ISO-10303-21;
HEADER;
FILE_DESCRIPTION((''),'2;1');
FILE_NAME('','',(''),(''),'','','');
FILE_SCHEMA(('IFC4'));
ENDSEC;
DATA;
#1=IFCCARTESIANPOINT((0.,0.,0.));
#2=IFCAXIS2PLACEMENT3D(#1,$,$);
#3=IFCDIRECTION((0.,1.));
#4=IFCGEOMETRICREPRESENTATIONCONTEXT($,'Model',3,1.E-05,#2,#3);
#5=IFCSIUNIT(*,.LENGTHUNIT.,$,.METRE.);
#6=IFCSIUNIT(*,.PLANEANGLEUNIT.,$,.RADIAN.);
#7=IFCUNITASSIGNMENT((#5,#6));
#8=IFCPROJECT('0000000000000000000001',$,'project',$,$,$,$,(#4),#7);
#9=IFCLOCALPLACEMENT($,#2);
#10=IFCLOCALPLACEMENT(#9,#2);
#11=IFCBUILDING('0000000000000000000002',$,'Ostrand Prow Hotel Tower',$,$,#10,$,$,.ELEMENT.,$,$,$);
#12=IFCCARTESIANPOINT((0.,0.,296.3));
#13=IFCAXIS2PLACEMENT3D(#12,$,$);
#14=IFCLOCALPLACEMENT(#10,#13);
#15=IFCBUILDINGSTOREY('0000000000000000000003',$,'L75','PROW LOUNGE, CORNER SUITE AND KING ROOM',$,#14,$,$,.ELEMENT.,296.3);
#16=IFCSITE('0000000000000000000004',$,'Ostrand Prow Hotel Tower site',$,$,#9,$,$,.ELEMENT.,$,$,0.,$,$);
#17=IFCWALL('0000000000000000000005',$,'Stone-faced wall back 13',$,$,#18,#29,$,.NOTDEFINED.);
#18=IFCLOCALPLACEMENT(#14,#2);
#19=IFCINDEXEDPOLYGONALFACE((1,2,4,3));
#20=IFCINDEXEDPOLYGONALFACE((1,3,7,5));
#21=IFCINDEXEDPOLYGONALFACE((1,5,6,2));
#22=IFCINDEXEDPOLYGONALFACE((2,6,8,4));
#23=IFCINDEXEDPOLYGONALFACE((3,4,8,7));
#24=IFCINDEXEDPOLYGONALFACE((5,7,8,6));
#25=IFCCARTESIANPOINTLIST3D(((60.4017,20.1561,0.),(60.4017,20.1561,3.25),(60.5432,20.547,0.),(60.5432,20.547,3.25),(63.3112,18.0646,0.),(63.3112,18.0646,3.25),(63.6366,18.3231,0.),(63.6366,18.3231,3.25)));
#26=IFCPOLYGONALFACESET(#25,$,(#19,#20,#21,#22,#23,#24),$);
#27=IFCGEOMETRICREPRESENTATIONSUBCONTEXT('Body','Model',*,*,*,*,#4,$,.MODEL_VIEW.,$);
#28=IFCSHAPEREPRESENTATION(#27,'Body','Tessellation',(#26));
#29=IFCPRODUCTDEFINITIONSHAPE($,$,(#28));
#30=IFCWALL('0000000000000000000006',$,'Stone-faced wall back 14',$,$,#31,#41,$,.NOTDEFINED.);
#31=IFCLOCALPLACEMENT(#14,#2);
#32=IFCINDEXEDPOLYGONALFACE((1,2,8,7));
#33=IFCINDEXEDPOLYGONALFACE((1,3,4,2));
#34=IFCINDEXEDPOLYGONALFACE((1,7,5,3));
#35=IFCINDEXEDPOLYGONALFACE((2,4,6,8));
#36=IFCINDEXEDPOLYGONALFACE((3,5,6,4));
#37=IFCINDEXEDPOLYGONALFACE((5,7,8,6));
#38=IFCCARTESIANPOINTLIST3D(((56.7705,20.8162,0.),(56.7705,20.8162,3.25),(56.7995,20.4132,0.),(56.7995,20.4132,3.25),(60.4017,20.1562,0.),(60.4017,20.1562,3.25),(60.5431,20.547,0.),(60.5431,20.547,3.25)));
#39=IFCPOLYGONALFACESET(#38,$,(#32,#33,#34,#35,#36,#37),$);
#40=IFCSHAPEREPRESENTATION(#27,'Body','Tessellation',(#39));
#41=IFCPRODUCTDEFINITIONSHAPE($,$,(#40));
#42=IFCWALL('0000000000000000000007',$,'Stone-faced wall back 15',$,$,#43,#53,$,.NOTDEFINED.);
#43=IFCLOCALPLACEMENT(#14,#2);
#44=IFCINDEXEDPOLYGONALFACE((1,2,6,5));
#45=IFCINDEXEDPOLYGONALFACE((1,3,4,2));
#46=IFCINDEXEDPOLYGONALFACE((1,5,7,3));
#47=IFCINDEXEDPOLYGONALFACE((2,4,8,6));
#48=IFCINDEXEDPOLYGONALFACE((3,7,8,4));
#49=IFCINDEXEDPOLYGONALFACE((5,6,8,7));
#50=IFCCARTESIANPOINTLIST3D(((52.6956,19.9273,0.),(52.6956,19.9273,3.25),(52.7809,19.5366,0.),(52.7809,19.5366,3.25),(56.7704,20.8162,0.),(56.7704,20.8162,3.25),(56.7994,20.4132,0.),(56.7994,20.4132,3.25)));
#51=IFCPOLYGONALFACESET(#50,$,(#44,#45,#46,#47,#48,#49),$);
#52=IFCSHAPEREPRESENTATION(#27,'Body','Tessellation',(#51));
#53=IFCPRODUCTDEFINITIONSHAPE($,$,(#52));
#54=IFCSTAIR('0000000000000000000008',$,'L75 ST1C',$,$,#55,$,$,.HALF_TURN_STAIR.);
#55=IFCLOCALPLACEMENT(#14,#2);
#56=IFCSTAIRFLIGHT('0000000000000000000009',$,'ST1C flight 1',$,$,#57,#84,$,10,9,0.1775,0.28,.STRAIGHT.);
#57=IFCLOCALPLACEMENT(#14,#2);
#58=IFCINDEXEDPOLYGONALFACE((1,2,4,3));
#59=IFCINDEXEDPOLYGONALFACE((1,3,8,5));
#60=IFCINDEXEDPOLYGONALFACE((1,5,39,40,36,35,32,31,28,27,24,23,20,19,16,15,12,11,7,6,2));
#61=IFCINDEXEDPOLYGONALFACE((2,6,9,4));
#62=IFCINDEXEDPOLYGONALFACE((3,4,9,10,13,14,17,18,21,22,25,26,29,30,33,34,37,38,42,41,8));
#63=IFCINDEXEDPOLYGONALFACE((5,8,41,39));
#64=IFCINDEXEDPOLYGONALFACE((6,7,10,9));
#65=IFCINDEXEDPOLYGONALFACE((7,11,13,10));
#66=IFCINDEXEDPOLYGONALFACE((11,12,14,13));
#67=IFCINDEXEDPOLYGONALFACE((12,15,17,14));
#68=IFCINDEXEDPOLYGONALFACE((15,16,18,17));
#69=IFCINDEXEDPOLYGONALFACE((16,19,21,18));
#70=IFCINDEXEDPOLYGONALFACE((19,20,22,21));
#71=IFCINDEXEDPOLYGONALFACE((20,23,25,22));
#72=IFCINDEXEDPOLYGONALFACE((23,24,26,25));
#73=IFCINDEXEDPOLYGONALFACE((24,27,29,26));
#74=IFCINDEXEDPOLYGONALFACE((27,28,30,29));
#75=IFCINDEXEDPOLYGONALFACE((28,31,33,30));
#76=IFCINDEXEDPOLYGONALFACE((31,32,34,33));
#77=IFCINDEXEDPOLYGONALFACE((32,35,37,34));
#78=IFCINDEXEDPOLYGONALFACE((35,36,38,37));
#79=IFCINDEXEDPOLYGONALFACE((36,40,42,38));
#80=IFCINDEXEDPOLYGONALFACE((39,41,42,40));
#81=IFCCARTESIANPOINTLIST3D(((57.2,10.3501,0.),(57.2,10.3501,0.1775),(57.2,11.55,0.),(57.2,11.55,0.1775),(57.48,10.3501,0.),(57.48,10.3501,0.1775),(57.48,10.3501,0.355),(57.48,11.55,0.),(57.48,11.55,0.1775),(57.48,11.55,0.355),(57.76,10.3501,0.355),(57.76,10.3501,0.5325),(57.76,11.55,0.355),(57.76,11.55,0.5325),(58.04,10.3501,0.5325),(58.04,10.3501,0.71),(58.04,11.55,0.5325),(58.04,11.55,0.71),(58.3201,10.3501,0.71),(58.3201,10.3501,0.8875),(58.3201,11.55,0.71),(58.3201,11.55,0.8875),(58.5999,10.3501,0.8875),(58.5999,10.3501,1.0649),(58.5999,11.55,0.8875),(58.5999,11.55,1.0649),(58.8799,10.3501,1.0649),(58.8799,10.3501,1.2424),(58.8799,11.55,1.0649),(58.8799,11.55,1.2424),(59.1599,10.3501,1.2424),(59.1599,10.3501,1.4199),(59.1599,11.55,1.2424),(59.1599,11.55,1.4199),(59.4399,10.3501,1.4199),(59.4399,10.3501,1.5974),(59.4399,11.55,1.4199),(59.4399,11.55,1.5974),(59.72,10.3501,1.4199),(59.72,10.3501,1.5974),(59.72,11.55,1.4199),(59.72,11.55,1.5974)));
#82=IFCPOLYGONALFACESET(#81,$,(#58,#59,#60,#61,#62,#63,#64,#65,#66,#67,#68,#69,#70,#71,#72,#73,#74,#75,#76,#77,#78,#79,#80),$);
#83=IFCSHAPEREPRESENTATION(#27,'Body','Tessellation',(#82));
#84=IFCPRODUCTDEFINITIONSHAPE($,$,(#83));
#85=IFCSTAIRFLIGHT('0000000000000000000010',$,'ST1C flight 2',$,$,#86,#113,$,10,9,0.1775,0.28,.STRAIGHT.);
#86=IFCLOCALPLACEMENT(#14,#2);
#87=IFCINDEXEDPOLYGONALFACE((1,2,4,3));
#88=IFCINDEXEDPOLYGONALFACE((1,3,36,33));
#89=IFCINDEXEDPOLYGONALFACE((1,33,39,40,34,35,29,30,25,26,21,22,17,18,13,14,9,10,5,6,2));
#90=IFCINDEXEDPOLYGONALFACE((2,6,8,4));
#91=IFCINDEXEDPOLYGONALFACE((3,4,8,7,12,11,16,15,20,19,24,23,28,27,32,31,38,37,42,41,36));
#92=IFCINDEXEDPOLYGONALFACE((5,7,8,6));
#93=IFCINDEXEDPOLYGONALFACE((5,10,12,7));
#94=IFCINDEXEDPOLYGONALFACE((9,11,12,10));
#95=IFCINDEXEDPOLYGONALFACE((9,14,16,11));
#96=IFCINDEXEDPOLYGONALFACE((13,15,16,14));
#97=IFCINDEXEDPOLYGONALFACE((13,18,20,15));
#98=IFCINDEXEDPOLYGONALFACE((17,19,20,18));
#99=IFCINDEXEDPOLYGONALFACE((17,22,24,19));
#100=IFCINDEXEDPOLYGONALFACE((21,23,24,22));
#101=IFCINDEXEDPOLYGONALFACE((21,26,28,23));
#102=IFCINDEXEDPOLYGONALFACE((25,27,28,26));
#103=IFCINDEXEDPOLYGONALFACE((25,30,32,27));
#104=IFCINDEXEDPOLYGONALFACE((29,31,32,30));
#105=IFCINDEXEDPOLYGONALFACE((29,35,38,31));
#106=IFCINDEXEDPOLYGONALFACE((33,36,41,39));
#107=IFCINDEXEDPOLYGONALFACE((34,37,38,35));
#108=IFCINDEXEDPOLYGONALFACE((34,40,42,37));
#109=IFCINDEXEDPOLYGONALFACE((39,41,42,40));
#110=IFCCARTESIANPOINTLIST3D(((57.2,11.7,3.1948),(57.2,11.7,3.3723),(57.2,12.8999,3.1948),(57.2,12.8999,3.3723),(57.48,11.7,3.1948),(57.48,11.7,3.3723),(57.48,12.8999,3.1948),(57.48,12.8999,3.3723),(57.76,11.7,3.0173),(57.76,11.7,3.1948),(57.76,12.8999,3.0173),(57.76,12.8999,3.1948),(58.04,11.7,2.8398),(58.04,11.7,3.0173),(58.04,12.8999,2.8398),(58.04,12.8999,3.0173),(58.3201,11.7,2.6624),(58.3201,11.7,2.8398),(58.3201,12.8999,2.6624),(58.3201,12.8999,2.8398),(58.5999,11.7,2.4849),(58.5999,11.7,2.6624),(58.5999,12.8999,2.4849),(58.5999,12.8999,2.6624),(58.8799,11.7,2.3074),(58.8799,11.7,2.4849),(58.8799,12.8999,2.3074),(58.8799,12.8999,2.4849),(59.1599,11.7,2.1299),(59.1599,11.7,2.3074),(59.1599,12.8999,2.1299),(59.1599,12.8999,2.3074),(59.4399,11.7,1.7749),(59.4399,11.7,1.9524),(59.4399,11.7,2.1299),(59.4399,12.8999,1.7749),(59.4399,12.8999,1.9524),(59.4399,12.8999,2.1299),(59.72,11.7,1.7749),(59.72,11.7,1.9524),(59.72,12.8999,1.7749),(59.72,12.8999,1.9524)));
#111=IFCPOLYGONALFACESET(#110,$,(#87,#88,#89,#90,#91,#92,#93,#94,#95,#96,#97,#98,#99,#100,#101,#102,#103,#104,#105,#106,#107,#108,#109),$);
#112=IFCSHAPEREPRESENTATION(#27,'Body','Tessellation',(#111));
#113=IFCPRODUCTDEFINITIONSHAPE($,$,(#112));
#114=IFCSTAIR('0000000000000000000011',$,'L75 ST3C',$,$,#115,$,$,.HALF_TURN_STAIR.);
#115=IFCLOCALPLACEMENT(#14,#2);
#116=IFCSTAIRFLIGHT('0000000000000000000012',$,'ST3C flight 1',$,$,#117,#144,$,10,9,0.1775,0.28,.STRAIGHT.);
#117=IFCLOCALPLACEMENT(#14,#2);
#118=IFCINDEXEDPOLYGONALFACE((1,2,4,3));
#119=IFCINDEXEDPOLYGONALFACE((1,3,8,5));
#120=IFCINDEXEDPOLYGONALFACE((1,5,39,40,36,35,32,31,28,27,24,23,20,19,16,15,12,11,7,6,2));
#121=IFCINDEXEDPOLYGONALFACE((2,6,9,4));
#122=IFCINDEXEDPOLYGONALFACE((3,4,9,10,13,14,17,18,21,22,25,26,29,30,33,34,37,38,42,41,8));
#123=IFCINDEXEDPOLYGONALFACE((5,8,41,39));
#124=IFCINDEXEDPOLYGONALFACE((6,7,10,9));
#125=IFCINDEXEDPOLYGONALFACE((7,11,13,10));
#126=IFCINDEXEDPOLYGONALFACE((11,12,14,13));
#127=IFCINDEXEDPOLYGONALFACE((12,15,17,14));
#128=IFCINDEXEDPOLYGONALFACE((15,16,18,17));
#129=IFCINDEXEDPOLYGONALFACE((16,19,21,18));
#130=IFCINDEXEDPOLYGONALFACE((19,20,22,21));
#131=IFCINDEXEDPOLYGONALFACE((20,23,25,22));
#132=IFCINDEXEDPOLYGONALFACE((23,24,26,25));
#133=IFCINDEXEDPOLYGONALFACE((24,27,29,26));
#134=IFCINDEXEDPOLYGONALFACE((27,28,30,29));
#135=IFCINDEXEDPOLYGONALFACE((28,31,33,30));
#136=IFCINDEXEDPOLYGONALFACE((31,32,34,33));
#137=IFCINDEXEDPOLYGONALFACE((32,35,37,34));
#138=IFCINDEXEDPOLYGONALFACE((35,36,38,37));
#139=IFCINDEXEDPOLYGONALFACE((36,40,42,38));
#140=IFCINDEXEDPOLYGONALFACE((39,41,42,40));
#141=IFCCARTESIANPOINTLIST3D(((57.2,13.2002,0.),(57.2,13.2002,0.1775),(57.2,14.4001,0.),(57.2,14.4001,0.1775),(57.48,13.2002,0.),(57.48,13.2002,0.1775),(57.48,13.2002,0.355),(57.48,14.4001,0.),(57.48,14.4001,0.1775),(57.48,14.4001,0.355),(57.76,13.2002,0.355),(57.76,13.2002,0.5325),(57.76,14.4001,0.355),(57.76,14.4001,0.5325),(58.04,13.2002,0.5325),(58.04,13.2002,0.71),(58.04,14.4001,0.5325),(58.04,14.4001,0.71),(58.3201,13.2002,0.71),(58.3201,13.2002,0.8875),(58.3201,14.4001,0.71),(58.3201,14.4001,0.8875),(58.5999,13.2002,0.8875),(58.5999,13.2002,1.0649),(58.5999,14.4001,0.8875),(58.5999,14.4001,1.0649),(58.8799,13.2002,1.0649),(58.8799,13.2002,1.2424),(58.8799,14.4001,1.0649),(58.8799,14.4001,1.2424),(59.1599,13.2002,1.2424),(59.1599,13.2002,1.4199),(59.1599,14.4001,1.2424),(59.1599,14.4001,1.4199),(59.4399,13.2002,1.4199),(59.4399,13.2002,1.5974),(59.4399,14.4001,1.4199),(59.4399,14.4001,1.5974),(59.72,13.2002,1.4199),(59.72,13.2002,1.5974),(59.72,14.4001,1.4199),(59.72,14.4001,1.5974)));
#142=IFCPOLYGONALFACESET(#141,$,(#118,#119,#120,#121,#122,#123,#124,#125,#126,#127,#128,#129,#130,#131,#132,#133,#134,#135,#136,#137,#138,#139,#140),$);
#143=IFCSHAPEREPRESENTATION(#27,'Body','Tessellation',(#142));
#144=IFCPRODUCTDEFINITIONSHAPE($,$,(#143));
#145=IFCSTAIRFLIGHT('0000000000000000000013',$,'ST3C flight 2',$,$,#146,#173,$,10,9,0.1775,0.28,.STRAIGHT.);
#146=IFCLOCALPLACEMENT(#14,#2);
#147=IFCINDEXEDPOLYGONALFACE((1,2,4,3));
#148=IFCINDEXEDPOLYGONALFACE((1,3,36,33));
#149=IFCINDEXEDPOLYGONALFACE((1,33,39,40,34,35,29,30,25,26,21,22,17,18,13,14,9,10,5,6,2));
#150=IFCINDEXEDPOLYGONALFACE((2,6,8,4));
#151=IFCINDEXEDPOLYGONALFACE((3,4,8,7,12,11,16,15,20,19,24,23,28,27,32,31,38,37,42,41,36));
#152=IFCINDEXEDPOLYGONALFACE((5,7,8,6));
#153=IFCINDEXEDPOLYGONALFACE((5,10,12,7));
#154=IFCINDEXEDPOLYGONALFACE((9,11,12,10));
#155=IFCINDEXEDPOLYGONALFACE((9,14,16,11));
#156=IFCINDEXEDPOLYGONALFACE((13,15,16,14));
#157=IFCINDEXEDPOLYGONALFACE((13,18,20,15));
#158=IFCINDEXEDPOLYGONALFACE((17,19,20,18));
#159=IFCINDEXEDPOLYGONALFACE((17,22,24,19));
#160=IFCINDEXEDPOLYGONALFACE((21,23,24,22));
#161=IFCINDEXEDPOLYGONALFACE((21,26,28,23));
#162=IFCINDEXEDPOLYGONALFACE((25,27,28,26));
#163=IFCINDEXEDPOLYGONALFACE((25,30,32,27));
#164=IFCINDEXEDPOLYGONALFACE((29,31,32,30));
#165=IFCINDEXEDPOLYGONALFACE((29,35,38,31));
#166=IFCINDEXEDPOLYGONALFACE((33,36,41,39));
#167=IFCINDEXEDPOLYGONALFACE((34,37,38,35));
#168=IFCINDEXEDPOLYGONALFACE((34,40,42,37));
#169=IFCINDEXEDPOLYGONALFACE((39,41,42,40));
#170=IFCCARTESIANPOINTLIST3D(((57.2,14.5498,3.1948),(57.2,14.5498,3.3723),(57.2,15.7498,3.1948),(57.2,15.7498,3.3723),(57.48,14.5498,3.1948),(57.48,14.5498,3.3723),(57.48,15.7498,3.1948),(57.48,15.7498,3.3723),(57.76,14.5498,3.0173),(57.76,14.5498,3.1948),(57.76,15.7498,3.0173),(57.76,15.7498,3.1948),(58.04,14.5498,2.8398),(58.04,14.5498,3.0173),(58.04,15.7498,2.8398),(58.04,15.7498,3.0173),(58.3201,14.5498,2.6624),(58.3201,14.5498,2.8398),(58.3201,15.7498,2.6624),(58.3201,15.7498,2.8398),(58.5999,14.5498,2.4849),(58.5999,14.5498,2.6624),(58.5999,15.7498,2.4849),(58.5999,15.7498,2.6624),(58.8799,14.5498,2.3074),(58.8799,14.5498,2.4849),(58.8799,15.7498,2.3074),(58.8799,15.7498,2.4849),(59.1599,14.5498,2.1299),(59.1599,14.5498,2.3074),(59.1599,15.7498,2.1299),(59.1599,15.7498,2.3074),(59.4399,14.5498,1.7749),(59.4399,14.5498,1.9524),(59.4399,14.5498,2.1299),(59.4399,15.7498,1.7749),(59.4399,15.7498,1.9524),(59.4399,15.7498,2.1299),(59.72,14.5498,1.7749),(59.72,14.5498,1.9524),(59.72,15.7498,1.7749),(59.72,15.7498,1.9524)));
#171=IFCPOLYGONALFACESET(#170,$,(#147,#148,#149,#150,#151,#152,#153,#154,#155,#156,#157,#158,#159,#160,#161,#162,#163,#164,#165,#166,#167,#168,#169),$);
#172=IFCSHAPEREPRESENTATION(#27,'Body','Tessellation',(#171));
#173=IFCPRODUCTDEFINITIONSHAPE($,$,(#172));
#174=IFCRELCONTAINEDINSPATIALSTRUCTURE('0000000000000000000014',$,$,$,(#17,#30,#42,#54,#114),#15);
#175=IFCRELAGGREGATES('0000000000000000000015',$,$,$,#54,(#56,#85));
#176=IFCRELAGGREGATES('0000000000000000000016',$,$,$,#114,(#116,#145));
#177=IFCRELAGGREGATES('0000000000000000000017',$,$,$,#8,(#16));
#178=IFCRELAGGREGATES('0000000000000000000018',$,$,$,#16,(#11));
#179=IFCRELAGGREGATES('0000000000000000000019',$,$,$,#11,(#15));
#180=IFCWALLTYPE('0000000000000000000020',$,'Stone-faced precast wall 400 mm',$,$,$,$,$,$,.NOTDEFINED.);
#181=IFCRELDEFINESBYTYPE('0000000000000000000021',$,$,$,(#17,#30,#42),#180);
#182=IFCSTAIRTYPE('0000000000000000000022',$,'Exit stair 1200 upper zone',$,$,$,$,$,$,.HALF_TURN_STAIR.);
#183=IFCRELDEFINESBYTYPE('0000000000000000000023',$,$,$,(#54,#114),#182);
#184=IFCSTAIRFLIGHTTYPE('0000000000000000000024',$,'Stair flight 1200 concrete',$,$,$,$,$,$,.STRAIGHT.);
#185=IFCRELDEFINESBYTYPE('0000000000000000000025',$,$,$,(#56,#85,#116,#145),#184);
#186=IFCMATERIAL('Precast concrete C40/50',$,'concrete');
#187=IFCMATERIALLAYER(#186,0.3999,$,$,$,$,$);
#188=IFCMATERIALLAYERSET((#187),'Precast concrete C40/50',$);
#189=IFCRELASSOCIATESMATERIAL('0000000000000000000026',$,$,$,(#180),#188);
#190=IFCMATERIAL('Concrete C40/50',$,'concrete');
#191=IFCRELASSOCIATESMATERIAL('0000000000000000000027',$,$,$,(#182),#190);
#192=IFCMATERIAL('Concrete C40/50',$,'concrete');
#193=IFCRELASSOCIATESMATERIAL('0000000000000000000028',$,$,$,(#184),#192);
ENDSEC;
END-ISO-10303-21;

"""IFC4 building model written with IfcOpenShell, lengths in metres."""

from ifc_helpers import new_model, si_unit, direction, frame, origin, place, context, subcontext, project, spatial, polyline, outline, extrude, material, layer, layer_set, type_object, element, aggregate, save


model = new_model("IFC4")

# Units and contexts
model_context = context("Model", 3, precision=1e-05, world=origin(), true_north=direction((0.0, 1.0)))
body_context = subcontext(model_context, "Body", "Model", "MODEL_VIEW")
ifc_project = project(units=[si_unit("LENGTHUNIT", "METRE"), si_unit("PLANEANGLEUNIT", "RADIAN")], contexts=[model_context])

# Site, building, storey
site_placement = place(None, origin())
site = spatial("IfcSite", under=ifc_project, at=site_placement, Name="Ostrand Prow Hotel Tower site", CompositionType="ELEMENT", RefElevation=0.0)
building_placement = place(site_placement, origin())
building = spatial("IfcBuilding", under=site, at=building_placement, Name="Ostrand Prow Hotel Tower", CompositionType="ELEMENT")
storey_placement = place(building_placement, frame((0.0, 0.0, 296.3)))
storey = spatial("IfcBuildingStorey", under=building, at=storey_placement, Name="L75", Description="PROW LOUNGE, CORNER SUITE AND KING ROOM", CompositionType="ELEMENT", Elevation=296.3)

# Shared definitions
ifc_material_1 = material(Name="Precast concrete C40/50", Category="concrete")
ifc_layer_1 = layer(ifc_material_1, 0.3999)
ifc_layer_set_1 = layer_set([ifc_layer_1], Name="Precast concrete C40/50")
wall_type_1 = type_object("IfcWallType", Name="Stone-faced precast wall 400 mm", PredefinedType="NOTDEFINED", material=ifc_layer_set_1)

# Walls
wall_1_placement = place(storey_placement, frame((63.4739, 18.1938, 0.0), z_axis=(0.0, 0.0, 1.0), x_axis=(-0.811963, 0.58371, 0.0)))
element("IfcWall", 1, at=wall_1_placement, inside=storey, type_object=wall_type_1, Name="Stone-faced wall back 13", PredefinedType="NOTDEFINED", context=body_context, shape_type="SweptSolid", body=[
    extrude(outline(polyline([(-0.0566, -0.2), (3.7532, -0.2), (3.6399, 0.2), (0.0566, 0.2), (-0.0566, -0.2)])), origin(), (0.0, 0.0, 1.0), 3.25),
])
wall_2_placement = place(storey_placement, frame((60.4724, 20.3516, 0.0), z_axis=(0.0, 0.0, 1.0), x_axis=(-0.997463, 0.071191, 0.0)))
element("IfcWall", 2, at=wall_2_placement, inside=storey, type_object=wall_type_1, Name="Stone-faced wall back 14", PredefinedType="NOTDEFINED", context=body_context, shape_type="SweptSolid", body=[
    extrude(outline(polyline([(-0.0566, -0.2), (3.7256, -0.2), (3.668, 0.2), (0.0566, 0.2), (-0.0566, -0.2)])), origin(), (0.0, 0.0, 1.0), 3.25),
])
wall_3_placement = place(storey_placement, frame((56.7849, 20.6147, 0.0), z_axis=(0.0, 0.0, 1.0), x_axis=(-0.97702, -0.213147, 0.0)))
element("IfcWall", 3, at=wall_3_placement, inside=storey, type_object=wall_type_1, Name="Stone-faced wall back 15", PredefinedType="NOTDEFINED", context=body_context, shape_type="SweptSolid", body=[
    extrude(outline(polyline([(-0.0288, -0.2), (4.1418, -0.2), (4.1418, 0.2), (0.0288, 0.2), (-0.0288, -0.2)])), origin(), (0.0, 0.0, 1.0), 3.25),
])

# Stairs, stair flights
ifc_material_2 = material(Name="Concrete C40/50", Category="concrete")
stair_type = type_object("IfcStairType", Name="Exit stair 1200 upper zone", PredefinedType="HALF_TURN_STAIR", material=ifc_material_2)
stair_1_placement = place(storey_placement, origin())
stair_1 = element("IfcStair", 4, at=stair_1_placement, inside=storey, type_object=stair_type, Name="L75 ST1C", PredefinedType="HALF_TURN_STAIR")
ifc_material_3 = material(Name="Concrete C40/50", Category="concrete")
stair_flight_type = type_object("IfcStairFlightType", Name="Stair flight 1200 concrete", PredefinedType="STRAIGHT", material=ifc_material_3)
stair_flight_1_placement = place(storey_placement, frame((57.2, 10.95, 0.0), z_axis=(0.0, 0.0, 1.0), x_axis=(1.0, 0.0, 0.0)))
stair_flight_1 = element("IfcStairFlight", 5, at=stair_flight_1_placement, type_object=stair_flight_type, Name="ST1C flight 1", NumberOfRisers=10, NumberOfTreads=9, PredefinedType="STRAIGHT", RiserHeight=0.1775, TreadLength=0.28, context=body_context, shape_type="SweptSolid", body=[
    extrude(outline(polyline([(0.0, 0.0), (0.0, 0.1775), (0.28, 0.1775), (0.28, 0.355), (0.5601, 0.355), (0.5601, 0.5325), (0.8401, 0.5325), (0.8401, 0.71), (1.1201, 0.71), (1.1201, 0.8875), (1.3999, 0.8875), (1.3999, 1.0649), (1.6799, 1.0649), (1.6799, 1.2424), (1.96, 1.2424), (1.96, 1.4199), (2.24, 1.4199), (2.24, 1.5974), (2.52, 1.5974), (2.52, 1.7749), (2.52, 1.4199), (0.28, 0.0), (0.0, 0.0)])), frame((0.0, 0.6001, 0.0), z_axis=(0.0, -1.0, 0.0), x_axis=(1.0, 0.0, 0.0)), (0.0, 0.0, 1.0), 1.2),
])
stair_flight_2_placement = place(storey_placement, frame((59.72, 12.3, 1.7749), z_axis=(0.0, 0.0, 1.0), x_axis=(-1.0, 0.0, 0.0)))
stair_flight_2 = element("IfcStairFlight", 6, at=stair_flight_2_placement, type_object=stair_flight_type, Name="ST1C flight 2", NumberOfRisers=10, NumberOfTreads=9, PredefinedType="STRAIGHT", RiserHeight=0.1775, TreadLength=0.28, context=body_context, shape_type="SweptSolid", body=[
    extrude(outline(polyline([(0.0, 0.0), (0.0, 0.1775), (0.28, 0.1775), (0.28, 0.355), (0.5601, 0.355), (0.5601, 0.5325), (0.8401, 0.5325), (0.8401, 0.71), (1.1201, 0.71), (1.1201, 0.8875), (1.3999, 0.8875), (1.3999, 1.0649), (1.6799, 1.0649), (1.6799, 1.2424), (1.96, 1.2424), (1.96, 1.4199), (2.24, 1.4199), (2.24, 1.5974), (2.52, 1.5974), (2.52, 1.7749), (2.52, 1.4199), (0.28, 0.0), (0.0, 0.0)])), frame((0.0, 0.6001, 0.0), z_axis=(0.0, -1.0, 0.0), x_axis=(1.0, 0.0, 0.0)), (0.0, 0.0, 1.0), 1.2),
])
aggregate(stair_1, [stair_flight_1, stair_flight_2])
stair_2_placement = place(storey_placement, origin())
stair_2 = element("IfcStair", 7, at=stair_2_placement, inside=storey, type_object=stair_type, Name="L75 ST3C", PredefinedType="HALF_TURN_STAIR")
stair_flight_3_placement = place(storey_placement, frame((57.2, 13.8, 0.0), z_axis=(0.0, 0.0, 1.0), x_axis=(1.0, 0.0, 0.0)))
stair_flight_3 = element("IfcStairFlight", 8, at=stair_flight_3_placement, type_object=stair_flight_type, Name="ST3C flight 1", NumberOfRisers=10, NumberOfTreads=9, PredefinedType="STRAIGHT", RiserHeight=0.1775, TreadLength=0.28, context=body_context, shape_type="SweptSolid", body=[
    extrude(outline(polyline([(0.0, 0.0), (0.0, 0.1775), (0.28, 0.1775), (0.28, 0.355), (0.5601, 0.355), (0.5601, 0.5325), (0.8401, 0.5325), (0.8401, 0.71), (1.1201, 0.71), (1.1201, 0.8875), (1.3999, 0.8875), (1.3999, 1.0649), (1.6799, 1.0649), (1.6799, 1.2424), (1.96, 1.2424), (1.96, 1.4199), (2.24, 1.4199), (2.24, 1.5974), (2.52, 1.5974), (2.52, 1.7749), (2.52, 1.4199), (0.28, 0.0), (0.0, 0.0)])), frame((0.0, 0.6001, 0.0), z_axis=(0.0, -1.0, 0.0), x_axis=(1.0, 0.0, 0.0)), (0.0, 0.0, 1.0), 1.2),
])
stair_flight_4_placement = place(storey_placement, frame((59.72, 15.1499, 1.7749), z_axis=(0.0, 0.0, 1.0), x_axis=(-1.0, 0.0, 0.0)))
stair_flight_4 = element("IfcStairFlight", 9, at=stair_flight_4_placement, type_object=stair_flight_type, Name="ST3C flight 2", NumberOfRisers=10, NumberOfTreads=9, PredefinedType="STRAIGHT", RiserHeight=0.1775, TreadLength=0.28, context=body_context, shape_type="SweptSolid", body=[
    extrude(outline(polyline([(0.0, 0.0), (0.0, 0.1775), (0.28, 0.1775), (0.28, 0.355), (0.5601, 0.355), (0.5601, 0.5325), (0.8401, 0.5325), (0.8401, 0.71), (1.1201, 0.71), (1.1201, 0.8875), (1.3999, 0.8875), (1.3999, 1.0649), (1.6799, 1.0649), (1.6799, 1.2424), (1.96, 1.2424), (1.96, 1.4199), (2.24, 1.4199), (2.24, 1.5974), (2.52, 1.5974), (2.52, 1.7749), (2.52, 1.4199), (0.28, 0.0), (0.0, 0.0)])), frame((0.0, 0.6001, 0.0), z_axis=(0.0, -1.0, 0.0), x_axis=(1.0, 0.0, 0.0)), (0.0, 0.0, 1.0), 1.2),
])
aggregate(stair_2, [stair_flight_3, stair_flight_4])

save(model, "model.ifc")
